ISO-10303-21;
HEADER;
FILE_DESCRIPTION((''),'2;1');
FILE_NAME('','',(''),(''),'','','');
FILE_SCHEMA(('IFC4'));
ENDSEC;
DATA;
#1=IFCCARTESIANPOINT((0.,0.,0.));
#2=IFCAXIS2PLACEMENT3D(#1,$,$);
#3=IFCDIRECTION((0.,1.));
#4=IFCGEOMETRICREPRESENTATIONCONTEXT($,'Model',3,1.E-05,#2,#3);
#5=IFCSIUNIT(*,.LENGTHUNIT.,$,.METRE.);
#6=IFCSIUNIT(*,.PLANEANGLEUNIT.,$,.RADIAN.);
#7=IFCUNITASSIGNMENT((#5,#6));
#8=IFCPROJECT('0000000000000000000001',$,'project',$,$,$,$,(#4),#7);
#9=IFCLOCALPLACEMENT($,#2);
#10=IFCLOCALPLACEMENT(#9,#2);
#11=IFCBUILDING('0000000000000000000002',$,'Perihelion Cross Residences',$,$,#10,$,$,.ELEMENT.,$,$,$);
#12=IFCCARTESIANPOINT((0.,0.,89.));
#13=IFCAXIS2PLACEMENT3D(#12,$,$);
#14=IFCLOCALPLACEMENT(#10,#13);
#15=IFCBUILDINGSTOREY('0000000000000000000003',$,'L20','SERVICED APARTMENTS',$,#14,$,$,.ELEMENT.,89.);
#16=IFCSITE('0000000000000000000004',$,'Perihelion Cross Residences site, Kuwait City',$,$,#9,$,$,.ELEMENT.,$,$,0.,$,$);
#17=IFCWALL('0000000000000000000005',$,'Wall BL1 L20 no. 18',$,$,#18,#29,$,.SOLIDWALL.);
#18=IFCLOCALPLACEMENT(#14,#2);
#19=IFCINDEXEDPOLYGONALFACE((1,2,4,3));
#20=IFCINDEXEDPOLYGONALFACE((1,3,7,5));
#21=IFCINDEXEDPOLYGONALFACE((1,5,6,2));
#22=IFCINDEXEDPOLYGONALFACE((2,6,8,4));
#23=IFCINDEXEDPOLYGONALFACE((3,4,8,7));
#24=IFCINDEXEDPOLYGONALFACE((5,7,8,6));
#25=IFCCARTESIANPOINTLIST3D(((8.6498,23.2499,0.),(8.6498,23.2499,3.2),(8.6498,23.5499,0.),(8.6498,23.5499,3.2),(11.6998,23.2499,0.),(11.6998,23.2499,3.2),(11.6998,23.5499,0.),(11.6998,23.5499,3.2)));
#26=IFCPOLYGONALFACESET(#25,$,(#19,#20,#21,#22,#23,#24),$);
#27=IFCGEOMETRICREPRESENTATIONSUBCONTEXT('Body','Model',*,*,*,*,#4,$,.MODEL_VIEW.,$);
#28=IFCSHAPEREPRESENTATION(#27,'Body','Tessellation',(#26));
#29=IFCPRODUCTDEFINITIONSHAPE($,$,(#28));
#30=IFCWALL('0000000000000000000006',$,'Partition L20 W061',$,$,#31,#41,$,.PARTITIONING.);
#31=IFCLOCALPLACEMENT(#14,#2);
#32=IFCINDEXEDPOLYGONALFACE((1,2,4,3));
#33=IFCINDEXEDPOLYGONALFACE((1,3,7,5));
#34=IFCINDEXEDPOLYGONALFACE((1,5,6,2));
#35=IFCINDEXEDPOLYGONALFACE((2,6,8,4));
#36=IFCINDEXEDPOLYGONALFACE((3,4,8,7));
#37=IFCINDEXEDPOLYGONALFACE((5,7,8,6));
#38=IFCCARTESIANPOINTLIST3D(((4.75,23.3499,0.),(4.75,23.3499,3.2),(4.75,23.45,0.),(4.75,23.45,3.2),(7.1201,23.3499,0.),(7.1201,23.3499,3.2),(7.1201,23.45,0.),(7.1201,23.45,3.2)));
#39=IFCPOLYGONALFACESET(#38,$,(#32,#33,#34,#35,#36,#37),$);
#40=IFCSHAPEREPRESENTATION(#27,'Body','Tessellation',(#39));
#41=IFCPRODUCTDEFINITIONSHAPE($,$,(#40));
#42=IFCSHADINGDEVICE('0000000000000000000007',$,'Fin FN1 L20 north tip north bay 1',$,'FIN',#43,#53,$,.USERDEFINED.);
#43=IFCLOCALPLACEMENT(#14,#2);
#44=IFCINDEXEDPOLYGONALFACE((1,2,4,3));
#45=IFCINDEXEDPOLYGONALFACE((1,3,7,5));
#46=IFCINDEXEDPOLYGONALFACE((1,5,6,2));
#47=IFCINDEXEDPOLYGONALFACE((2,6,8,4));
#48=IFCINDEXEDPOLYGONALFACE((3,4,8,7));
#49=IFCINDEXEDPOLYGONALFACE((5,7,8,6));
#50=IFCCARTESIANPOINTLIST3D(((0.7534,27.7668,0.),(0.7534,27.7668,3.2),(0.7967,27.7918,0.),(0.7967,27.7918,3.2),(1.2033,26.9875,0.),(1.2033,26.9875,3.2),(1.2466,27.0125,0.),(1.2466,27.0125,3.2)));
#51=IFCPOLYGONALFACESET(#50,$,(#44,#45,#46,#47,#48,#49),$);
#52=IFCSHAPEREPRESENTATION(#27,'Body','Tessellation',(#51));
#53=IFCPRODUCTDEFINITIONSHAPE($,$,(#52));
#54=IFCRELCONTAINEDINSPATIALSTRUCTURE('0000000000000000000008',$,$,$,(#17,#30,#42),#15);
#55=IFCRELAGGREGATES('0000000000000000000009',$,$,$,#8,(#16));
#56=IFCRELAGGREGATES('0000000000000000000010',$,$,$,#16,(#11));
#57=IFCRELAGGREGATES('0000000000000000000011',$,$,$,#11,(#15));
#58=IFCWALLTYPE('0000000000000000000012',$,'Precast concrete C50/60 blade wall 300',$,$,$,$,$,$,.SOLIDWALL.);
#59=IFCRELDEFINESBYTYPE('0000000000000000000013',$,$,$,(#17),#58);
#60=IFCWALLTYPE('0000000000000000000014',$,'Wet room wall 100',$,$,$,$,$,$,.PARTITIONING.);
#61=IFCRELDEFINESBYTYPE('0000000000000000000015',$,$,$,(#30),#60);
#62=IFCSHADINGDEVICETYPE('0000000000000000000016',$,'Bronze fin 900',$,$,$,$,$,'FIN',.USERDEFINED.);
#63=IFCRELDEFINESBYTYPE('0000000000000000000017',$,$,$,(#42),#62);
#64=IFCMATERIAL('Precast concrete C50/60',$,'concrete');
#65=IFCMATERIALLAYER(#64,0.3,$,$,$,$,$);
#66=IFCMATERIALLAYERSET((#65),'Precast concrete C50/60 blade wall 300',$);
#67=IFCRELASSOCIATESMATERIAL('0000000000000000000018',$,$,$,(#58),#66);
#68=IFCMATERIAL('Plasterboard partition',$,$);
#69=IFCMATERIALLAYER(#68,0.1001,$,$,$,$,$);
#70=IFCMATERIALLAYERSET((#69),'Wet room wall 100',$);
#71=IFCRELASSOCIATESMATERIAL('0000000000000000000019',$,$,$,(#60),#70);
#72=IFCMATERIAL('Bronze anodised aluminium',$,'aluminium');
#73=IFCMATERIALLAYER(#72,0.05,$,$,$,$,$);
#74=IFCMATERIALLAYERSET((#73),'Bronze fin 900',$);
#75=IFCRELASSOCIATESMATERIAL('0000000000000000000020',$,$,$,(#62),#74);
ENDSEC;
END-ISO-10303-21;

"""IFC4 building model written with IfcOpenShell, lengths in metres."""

from ifc_helpers import new_model, si_unit, direction, frame, frame_2d, origin, origin_2d, place, context, subcontext, project, spatial, rectangle, extrude, material, layer, layer_set, type_object, element, save


model = new_model("IFC4")

# Units and contexts
model_context = context("Model", 3, precision=1e-05, world=origin(), true_north=direction((0.0, 1.0)))
body_context = subcontext(model_context, "Body", "Model", "MODEL_VIEW")
ifc_project = project(units=[si_unit("LENGTHUNIT", "METRE"), si_unit("PLANEANGLEUNIT", "RADIAN")], contexts=[model_context])

# Site, building, storey
site_placement = place(None, origin())
site = spatial("IfcSite", under=ifc_project, at=site_placement, Name="Perihelion Cross Residences site, Kuwait City", CompositionType="ELEMENT", RefElevation=0.0)
building_placement = place(site_placement, origin())
building = spatial("IfcBuilding", under=site, at=building_placement, Name="Perihelion Cross Residences", CompositionType="ELEMENT")
storey_placement = place(building_placement, frame((0.0, 0.0, 89.0)))
storey = spatial("IfcBuildingStorey", under=building, at=storey_placement, Name="L20", Description="SERVICED APARTMENTS", CompositionType="ELEMENT", Elevation=89.0)

# Walls
ifc_material_1 = material(Name="Precast concrete C50/60", Category="concrete")
ifc_layer_1 = layer(ifc_material_1, 0.3)
ifc_layer_set_1 = layer_set([ifc_layer_1], Name="Precast concrete C50/60 blade wall 300")
wall_type_1 = type_object("IfcWallType", Name="Precast concrete C50/60 blade wall 300", PredefinedType="SOLIDWALL", material=ifc_layer_set_1)
for number, where, z_axis, x_axis, name in (
    (1, (8.6499, 23.3999, 0.0), (0.0, 0.0, 1.0), (1.0, 0.0, 0.0), "Wall BL1 L20 no. 18"),
):
    element("IfcWall", number, at=place(storey_placement, frame(where, z_axis=z_axis, x_axis=x_axis)), inside=storey, type_object=wall_type_1, Name=name, PredefinedType="SOLIDWALL", context=body_context, shape_type="SweptSolid", body=[
        extrude(rectangle(XDim=3.05, YDim=0.3, at=frame_2d((1.5249, 0.0))), origin(), (0.0, 0.0, 1.0), 3.2),
    ])
ifc_material_2 = material(Name="Plasterboard partition")
ifc_layer_2 = layer(ifc_material_2, 0.1001)
ifc_layer_set_2 = layer_set([ifc_layer_2], Name="Wet room wall 100")
wall_type_2 = type_object("IfcWallType", Name="Wet room wall 100", PredefinedType="PARTITIONING", material=ifc_layer_set_2)
wall_1_placement = place(storey_placement, frame((4.75, 23.3999, 0.0), z_axis=(0.0, 0.0, 1.0), x_axis=(1.0, 0.0, 0.0)))
element("IfcWall", 2, at=wall_1_placement, inside=storey, type_object=wall_type_2, Name="Partition L20 W061", PredefinedType="PARTITIONING", context=body_context, shape_type="SweptSolid", body=[
    extrude(rectangle(XDim=2.3701, YDim=0.1001, at=frame_2d((1.1851, 0.0))), origin(), (0.0, 0.0, 1.0), 3.2),
])

# Shading device
ifc_material_3 = material(Name="Bronze anodised aluminium", Category="aluminium")
ifc_layer_3 = layer(ifc_material_3, 0.05)
ifc_layer_set_3 = layer_set([ifc_layer_3], Name="Bronze fin 900")
shading_device_type = type_object("IfcShadingDeviceType", Name="Bronze fin 900", ElementType="FIN", PredefinedType="USERDEFINED", material=ifc_layer_set_3)
shading_device_placement = place(storey_placement, frame((1.0, 27.3896, 0.0), z_axis=(0.0, 0.0, 1.0), x_axis=(-0.5, 0.866025, 0.0)))
element("IfcShadingDevice", 3, at=shading_device_placement, inside=storey, type_object=shading_device_type, Name="Fin FN1 L20 north tip north bay 1", ObjectType="FIN", PredefinedType="USERDEFINED", context=body_context, shape_type="SweptSolid", body=[
    extrude(rectangle(XDim=0.8999, YDim=0.05, at=origin_2d()), origin(), (0.0, 0.0, 1.0), 3.2),
])

save(model, "model.ifc")
